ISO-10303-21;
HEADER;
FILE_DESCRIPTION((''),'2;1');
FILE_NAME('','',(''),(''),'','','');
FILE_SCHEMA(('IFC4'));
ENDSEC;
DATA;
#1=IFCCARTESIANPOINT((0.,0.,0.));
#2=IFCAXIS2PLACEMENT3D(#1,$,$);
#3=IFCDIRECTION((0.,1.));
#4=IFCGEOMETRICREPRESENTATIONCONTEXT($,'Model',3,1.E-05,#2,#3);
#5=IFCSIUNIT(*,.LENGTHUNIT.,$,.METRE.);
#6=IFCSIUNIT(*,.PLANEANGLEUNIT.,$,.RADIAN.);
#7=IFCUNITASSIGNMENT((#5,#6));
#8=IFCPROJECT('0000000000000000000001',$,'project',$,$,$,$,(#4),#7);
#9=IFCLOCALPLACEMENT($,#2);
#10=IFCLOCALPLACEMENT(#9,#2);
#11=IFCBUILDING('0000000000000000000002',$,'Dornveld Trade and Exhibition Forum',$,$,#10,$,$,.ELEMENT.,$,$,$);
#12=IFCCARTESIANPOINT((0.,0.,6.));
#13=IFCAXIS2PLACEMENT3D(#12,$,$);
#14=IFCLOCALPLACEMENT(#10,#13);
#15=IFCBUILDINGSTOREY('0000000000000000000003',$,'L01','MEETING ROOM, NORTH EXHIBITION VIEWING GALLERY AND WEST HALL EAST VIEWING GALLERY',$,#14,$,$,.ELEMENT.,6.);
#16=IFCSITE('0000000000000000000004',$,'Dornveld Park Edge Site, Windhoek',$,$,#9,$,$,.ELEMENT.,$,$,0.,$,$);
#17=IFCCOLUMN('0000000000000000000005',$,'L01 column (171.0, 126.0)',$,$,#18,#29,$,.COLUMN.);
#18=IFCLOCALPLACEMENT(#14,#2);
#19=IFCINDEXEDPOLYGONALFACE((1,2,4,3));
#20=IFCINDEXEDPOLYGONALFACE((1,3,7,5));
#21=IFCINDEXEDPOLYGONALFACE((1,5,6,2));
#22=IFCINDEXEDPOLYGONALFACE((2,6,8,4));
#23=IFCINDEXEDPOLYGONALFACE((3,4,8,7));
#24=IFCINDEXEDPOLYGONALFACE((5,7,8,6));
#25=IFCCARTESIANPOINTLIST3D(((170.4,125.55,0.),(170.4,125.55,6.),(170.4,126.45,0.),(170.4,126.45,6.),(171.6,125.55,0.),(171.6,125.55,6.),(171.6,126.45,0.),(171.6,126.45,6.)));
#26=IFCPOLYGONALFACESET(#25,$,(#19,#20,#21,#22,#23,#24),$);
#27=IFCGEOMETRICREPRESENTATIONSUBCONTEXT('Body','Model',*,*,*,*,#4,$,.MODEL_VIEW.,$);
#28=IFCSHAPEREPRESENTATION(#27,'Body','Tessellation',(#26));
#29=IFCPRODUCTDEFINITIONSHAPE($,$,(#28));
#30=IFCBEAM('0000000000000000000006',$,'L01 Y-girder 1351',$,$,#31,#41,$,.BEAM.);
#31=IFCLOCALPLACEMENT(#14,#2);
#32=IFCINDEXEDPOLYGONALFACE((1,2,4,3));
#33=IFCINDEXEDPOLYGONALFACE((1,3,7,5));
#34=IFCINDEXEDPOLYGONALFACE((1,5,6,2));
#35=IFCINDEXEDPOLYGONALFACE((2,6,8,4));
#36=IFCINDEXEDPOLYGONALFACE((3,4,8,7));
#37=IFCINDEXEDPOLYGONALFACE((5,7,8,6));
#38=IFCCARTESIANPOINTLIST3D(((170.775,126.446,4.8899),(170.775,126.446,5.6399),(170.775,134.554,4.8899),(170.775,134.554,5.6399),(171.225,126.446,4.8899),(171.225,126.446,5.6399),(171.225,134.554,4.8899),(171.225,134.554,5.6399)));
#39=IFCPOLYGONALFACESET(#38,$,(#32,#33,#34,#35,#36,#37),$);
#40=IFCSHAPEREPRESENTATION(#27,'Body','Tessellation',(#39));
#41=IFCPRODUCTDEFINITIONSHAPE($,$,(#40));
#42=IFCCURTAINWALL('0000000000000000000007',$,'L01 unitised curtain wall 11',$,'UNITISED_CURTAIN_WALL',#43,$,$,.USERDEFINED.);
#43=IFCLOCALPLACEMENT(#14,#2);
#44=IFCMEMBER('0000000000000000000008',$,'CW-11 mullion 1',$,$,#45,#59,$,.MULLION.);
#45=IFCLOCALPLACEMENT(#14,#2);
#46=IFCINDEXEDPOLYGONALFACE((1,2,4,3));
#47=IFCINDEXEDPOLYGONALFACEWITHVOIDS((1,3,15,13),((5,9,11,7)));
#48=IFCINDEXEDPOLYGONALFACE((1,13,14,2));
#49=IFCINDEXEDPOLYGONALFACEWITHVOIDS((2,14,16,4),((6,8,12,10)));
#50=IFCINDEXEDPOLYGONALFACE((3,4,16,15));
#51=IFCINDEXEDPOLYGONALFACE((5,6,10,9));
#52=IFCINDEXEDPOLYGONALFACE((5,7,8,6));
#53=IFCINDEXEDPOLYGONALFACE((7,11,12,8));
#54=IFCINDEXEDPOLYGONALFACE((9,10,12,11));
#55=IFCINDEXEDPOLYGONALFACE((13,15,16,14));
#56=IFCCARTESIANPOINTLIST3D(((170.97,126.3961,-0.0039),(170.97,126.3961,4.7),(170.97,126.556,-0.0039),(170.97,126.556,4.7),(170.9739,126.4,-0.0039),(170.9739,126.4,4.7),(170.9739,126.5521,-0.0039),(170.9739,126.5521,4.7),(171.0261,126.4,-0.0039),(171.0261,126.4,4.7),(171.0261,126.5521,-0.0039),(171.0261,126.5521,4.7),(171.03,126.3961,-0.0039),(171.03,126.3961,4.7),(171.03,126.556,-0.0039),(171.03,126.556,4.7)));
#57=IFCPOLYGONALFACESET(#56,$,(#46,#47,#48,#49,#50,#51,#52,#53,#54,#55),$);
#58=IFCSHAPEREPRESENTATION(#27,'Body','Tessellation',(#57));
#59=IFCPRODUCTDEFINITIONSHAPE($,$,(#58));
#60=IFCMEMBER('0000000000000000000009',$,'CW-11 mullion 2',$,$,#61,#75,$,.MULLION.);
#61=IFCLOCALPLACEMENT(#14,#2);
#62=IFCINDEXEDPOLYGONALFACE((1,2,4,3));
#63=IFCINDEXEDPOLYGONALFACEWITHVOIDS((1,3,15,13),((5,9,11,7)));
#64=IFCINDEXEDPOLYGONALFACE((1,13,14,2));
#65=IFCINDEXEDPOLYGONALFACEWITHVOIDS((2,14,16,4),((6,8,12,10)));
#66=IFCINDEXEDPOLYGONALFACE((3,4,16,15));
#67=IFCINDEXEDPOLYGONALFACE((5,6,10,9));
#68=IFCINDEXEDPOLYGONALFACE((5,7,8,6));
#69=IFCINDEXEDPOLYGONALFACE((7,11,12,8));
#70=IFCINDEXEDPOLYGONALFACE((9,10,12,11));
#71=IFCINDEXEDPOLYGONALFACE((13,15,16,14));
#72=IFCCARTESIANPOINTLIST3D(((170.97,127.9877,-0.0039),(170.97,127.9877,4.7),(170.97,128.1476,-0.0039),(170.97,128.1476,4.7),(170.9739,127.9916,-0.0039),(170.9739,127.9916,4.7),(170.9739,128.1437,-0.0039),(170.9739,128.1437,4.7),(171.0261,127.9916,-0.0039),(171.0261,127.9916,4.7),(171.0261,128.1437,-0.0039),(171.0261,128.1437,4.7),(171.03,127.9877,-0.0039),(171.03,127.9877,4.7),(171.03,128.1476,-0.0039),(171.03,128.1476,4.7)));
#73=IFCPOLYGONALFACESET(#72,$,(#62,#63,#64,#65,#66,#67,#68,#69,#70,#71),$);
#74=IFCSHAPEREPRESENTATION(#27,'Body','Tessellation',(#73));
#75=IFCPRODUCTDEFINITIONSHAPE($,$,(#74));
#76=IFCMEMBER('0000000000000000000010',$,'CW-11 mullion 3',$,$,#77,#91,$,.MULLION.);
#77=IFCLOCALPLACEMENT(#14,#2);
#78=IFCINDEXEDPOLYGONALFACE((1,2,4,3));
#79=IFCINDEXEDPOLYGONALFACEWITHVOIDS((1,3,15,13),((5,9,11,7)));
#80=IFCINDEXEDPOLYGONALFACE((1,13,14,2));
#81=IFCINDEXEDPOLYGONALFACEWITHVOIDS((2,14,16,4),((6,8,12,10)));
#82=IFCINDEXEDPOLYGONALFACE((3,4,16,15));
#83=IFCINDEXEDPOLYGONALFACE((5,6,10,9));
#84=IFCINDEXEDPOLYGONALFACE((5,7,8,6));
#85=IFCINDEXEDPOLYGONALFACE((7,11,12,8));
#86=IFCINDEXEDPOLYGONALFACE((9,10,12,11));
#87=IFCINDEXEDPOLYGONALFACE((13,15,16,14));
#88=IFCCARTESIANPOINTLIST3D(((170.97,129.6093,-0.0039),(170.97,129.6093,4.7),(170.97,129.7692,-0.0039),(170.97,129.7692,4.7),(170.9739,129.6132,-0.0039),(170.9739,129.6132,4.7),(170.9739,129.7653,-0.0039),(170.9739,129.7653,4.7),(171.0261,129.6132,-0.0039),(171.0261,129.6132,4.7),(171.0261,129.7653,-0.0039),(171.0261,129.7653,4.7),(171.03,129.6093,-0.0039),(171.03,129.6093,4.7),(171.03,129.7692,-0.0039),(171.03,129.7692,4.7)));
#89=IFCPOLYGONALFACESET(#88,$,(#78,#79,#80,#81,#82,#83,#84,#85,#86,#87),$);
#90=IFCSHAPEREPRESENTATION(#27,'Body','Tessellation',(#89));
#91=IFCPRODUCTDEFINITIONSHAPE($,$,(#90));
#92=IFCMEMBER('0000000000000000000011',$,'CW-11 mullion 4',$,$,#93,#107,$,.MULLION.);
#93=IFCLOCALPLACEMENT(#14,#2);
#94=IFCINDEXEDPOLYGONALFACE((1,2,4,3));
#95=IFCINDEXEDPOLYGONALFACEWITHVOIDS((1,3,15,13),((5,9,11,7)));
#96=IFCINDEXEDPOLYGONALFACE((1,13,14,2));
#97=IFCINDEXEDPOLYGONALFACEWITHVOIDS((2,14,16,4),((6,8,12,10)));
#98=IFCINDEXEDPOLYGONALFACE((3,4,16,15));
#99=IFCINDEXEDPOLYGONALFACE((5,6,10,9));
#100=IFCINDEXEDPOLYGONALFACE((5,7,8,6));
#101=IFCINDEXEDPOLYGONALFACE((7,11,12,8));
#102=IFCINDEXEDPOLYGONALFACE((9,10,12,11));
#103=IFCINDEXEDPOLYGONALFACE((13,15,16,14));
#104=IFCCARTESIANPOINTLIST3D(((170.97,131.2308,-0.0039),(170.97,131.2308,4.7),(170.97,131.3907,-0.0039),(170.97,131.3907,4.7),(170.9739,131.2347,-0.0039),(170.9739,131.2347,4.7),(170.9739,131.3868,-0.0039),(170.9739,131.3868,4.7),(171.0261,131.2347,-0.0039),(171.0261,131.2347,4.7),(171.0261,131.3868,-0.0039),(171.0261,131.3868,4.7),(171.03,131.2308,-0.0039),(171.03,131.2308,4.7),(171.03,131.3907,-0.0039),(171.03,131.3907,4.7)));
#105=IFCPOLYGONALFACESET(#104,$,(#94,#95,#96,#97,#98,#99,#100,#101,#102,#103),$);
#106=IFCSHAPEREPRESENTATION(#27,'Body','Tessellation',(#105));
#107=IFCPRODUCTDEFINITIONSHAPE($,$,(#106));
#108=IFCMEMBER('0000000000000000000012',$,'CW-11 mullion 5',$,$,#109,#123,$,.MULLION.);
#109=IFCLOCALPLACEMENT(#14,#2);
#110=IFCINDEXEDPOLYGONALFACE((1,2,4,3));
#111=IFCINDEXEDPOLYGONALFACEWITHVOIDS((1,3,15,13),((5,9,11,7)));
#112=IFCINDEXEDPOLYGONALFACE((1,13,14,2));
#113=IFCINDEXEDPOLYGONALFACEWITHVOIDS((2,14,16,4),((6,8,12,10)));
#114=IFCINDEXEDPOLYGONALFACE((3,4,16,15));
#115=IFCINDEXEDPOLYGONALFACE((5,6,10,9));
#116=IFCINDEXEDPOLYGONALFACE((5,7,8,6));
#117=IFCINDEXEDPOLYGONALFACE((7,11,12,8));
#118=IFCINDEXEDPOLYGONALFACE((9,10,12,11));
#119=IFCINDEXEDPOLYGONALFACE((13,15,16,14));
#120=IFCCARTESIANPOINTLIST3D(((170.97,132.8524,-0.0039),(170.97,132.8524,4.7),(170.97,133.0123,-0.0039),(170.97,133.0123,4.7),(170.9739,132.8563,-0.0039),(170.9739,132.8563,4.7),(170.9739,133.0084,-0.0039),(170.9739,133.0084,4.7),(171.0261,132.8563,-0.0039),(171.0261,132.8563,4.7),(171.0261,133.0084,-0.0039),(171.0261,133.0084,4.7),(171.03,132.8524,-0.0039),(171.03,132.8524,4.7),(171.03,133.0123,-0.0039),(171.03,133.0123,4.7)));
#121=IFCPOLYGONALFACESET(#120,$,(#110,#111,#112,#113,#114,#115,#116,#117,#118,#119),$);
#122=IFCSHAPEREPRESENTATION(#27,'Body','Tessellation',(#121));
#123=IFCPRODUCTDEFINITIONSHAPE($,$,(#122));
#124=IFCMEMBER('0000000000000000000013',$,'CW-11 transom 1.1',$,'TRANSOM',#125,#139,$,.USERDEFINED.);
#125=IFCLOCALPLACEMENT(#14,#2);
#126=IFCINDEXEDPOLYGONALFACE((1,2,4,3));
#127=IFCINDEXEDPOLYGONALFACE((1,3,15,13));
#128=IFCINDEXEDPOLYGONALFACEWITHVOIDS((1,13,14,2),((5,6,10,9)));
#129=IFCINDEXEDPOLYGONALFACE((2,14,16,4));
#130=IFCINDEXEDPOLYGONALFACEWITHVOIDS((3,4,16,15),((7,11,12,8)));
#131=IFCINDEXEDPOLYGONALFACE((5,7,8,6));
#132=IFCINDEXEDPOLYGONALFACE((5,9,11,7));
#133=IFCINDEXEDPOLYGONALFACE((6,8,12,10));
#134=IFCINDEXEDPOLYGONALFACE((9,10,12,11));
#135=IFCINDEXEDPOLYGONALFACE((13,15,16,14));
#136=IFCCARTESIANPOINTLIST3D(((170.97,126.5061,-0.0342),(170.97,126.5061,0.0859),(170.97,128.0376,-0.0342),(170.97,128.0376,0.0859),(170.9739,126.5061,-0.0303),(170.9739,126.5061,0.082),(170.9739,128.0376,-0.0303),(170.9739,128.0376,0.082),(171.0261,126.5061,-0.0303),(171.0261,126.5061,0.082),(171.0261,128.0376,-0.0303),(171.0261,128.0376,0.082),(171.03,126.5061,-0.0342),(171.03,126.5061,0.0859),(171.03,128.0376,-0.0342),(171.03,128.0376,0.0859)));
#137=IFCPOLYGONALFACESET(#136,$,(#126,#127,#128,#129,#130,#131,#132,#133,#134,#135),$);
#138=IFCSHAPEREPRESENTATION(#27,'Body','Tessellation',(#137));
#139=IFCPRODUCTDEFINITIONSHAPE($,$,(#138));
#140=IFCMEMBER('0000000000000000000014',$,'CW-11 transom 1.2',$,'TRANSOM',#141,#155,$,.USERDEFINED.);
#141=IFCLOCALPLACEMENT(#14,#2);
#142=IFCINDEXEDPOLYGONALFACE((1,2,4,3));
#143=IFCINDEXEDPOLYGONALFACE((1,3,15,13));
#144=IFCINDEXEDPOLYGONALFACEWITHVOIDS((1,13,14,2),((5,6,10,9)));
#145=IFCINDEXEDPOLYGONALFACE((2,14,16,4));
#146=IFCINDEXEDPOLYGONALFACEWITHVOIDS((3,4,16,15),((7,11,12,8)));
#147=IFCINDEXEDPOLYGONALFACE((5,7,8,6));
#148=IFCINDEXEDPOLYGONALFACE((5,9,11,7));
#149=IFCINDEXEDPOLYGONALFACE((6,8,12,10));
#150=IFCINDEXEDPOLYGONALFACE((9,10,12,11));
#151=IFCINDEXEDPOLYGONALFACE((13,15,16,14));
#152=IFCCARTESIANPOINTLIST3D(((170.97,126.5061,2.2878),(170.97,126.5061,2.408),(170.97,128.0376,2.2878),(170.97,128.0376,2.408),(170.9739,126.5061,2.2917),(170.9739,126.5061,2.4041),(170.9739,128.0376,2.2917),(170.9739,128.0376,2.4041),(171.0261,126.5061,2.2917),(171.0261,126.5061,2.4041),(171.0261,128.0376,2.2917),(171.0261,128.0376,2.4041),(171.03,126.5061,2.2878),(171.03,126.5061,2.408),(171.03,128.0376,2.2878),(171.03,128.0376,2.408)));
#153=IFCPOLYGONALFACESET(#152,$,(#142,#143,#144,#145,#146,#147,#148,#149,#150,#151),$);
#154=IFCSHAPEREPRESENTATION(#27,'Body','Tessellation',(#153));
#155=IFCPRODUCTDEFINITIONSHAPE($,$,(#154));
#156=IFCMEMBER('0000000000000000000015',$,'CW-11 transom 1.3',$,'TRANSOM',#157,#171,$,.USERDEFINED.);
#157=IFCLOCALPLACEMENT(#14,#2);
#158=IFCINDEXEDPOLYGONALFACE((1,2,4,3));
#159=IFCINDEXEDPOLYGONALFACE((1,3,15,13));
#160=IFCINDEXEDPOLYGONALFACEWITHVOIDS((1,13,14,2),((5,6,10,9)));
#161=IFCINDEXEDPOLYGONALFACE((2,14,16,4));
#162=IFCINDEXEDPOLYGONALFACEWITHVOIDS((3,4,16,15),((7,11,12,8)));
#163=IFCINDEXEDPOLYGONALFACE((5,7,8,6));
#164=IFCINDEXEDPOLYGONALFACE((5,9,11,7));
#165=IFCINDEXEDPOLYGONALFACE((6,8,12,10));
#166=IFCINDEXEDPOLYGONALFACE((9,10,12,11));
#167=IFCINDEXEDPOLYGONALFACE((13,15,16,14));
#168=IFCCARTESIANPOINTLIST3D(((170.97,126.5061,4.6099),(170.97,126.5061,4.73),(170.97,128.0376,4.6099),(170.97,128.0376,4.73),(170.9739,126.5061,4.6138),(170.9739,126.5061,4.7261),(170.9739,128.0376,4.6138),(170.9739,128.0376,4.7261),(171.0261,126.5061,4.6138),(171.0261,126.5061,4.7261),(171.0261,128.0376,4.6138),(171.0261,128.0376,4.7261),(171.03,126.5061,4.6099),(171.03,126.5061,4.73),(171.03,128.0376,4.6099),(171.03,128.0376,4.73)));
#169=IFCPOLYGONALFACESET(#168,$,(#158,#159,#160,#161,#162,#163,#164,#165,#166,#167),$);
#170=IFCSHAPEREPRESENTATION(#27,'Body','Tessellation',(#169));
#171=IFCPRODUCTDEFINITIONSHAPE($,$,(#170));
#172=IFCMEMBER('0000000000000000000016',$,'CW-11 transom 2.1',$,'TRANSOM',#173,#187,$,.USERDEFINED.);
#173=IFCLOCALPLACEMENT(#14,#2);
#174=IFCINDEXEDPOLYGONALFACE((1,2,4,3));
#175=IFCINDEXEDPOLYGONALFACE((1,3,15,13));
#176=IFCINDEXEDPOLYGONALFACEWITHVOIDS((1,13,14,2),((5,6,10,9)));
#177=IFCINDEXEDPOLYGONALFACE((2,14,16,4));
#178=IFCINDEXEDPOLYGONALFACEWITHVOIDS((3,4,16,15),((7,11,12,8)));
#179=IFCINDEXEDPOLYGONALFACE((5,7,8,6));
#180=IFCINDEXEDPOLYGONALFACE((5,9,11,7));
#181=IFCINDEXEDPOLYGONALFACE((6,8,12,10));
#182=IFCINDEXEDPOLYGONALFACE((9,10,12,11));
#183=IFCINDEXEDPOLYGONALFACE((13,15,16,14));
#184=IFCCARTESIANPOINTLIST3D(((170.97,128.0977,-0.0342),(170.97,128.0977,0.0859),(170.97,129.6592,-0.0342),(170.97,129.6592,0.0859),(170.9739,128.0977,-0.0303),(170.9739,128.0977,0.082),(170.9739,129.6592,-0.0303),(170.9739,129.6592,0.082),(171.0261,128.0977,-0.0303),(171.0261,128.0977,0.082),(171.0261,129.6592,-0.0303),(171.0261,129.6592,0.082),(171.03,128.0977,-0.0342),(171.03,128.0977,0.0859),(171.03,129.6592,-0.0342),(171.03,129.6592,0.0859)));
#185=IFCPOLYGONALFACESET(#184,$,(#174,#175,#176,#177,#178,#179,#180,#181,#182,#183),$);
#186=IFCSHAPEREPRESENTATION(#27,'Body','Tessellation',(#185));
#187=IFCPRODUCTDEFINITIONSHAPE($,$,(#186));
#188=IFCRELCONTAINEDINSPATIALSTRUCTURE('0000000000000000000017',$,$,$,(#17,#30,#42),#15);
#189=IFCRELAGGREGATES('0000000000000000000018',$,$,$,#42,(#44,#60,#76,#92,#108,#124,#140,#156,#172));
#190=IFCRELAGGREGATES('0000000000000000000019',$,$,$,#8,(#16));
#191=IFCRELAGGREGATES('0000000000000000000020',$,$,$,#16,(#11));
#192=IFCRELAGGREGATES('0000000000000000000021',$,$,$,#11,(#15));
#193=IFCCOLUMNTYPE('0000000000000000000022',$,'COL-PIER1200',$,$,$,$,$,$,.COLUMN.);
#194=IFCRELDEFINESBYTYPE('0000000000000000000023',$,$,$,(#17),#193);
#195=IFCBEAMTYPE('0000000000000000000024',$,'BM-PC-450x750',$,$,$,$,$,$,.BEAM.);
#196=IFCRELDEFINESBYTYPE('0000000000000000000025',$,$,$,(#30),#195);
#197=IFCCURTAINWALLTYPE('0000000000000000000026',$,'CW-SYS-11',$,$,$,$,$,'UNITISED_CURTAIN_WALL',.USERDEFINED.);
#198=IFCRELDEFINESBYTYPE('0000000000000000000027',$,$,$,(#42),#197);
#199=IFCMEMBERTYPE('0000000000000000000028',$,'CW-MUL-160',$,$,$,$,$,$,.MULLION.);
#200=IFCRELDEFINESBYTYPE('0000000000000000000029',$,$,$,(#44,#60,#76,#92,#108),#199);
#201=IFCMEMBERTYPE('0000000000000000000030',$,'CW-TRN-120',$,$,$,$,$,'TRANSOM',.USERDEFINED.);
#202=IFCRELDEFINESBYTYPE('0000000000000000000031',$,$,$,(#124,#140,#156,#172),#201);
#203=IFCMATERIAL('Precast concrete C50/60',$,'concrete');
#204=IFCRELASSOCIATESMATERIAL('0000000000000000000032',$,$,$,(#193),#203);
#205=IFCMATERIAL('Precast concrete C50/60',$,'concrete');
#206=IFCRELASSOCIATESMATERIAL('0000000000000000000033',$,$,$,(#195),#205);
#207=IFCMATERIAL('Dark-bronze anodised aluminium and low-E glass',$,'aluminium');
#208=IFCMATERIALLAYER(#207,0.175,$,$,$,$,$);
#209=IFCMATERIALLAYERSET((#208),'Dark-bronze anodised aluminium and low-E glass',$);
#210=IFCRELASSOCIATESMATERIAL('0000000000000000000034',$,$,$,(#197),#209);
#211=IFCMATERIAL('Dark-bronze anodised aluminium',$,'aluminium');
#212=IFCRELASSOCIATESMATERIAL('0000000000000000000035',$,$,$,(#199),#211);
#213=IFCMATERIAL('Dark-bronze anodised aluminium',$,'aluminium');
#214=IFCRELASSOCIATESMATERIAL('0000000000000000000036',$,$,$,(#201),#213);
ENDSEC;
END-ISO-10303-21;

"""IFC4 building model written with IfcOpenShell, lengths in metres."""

from ifc_helpers import new_model, si_unit, direction, frame, origin, origin_2d, place, context, subcontext, project, spatial, rectangle, hollow_rectangle, extrude, material, layer, layer_set, material_profile, profile_set, type_object, element, aggregate, save


model = new_model("IFC4")

# Units and contexts
model_context = context("Model", 3, precision=1e-05, world=origin(), true_north=direction((0.0, 1.0)))
body_context = subcontext(model_context, "Body", "Model", "MODEL_VIEW")
ifc_project = project(units=[si_unit("LENGTHUNIT", "METRE"), si_unit("PLANEANGLEUNIT", "RADIAN")], contexts=[model_context])

# Site, building, storey
site_placement = place(None, origin())
site = spatial("IfcSite", under=ifc_project, at=site_placement, Name="Dornveld Park Edge Site, Windhoek", CompositionType="ELEMENT", RefElevation=0.0)
building_placement = place(site_placement, origin())
building = spatial("IfcBuilding", under=site, at=building_placement, Name="Dornveld Trade and Exhibition Forum", CompositionType="ELEMENT")
storey_placement = place(building_placement, frame((0.0, 0.0, 6.0)))
storey = spatial("IfcBuildingStorey", under=building, at=storey_placement, Name="L01", Description="MEETING ROOM, NORTH EXHIBITION VIEWING GALLERY AND WEST HALL EAST VIEWING GALLERY", CompositionType="ELEMENT", Elevation=6.0)

# Column
ifc_material_1 = material(Name="Precast concrete C50/60", Category="concrete")
ifc_material_profile_1 = material_profile(ifc_material_1, rectangle(XDim=1.2, YDim=0.8999, at=origin_2d()), Name="PC-PIER 1200x900")
ifc_profile_set_1 = profile_set([ifc_material_profile_1], Name="Precast concrete C50/60")
column_type = type_object("IfcColumnType", Name="COL-PIER1200", PredefinedType="COLUMN", material=ifc_profile_set_1)
column_placement = place(storey_placement, frame((171.0, 126.0, 0.0), z_axis=(0.0, 0.0, 1.0), x_axis=(1.0, 0.0, 0.0)))
element("IfcColumn", 1, at=column_placement, inside=storey, type_object=column_type, Name="L01 column (171.0, 126.0)", PredefinedType="COLUMN", context=body_context, shape_type="SweptSolid", body=[
    extrude(rectangle(XDim=1.2, YDim=0.8999, at=origin_2d()), origin(), (0.0, 0.0, 1.0), 6.0),
])

# Beam
ifc_material_2 = material(Name="Precast concrete C50/60", Category="concrete")
ifc_material_profile_2 = material_profile(ifc_material_2, rectangle(XDim=0.45, YDim=0.75, at=origin_2d()), Name="PC-BM 450x750")
ifc_profile_set_2 = profile_set([ifc_material_profile_2], Name="Precast concrete C50/60")
beam_type = type_object("IfcBeamType", Name="BM-PC-450x750", PredefinedType="BEAM", material=ifc_profile_set_2)
beam_placement = place(storey_placement, frame((171.0, 126.446, 5.2649), z_axis=(0.0, 1.0, 0.0), x_axis=(-1.0, 0.0, 0.0)))
element("IfcBeam", 2, at=beam_placement, inside=storey, type_object=beam_type, Name="L01 Y-girder 1351", PredefinedType="BEAM", context=body_context, shape_type="SweptSolid", body=[
    extrude(rectangle(XDim=0.45, YDim=0.75, at=origin_2d()), origin(), (0.0, 0.0, 1.0), 8.1079),
])

# Curtain wall, members
ifc_material_3 = material(Name="Dark-bronze anodised aluminium and low-E glass", Category="aluminium")
ifc_layer_1 = layer(ifc_material_3, 0.175)
ifc_layer_set_1 = layer_set([ifc_layer_1], Name="Dark-bronze anodised aluminium and low-E glass")
curtain_wall_type = type_object("IfcCurtainWallType", Name="CW-SYS-11", ElementType="UNITISED_CURTAIN_WALL", PredefinedType="USERDEFINED", material=ifc_layer_set_1)
curtain_wall_placement = place(storey_placement, origin())
curtain_wall = element("IfcCurtainWall", 3, at=curtain_wall_placement, inside=storey, type_object=curtain_wall_type, Name="L01 unitised curtain wall 11", ObjectType="UNITISED_CURTAIN_WALL", PredefinedType="USERDEFINED")
ifc_material_4 = material(Name="Dark-bronze anodised aluminium", Category="aluminium")
ifc_material_profile_3 = material_profile(ifc_material_4, hollow_rectangle(XDim=0.0601, YDim=0.1599, WallThickness=0.0039, at=origin_2d()), Name="RHS 160x60x4")
ifc_profile_set_3 = profile_set([ifc_material_profile_3], Name="Dark-bronze anodised aluminium")
member_type_1 = type_object("IfcMemberType", Name="CW-MUL-160", PredefinedType="MULLION", material=ifc_profile_set_3)
member_1_placement = place(storey_placement, frame((171.0, 126.4761, -0.0039), z_axis=(0.0, 0.0, 1.0), x_axis=(-1.0, 0.0, 0.0)))
member_1 = element("IfcMember", 4, at=member_1_placement, type_object=member_type_1, Name="CW-11 mullion 1", PredefinedType="MULLION", context=body_context, shape_type="SweptSolid", body=[
    extrude(hollow_rectangle(XDim=0.0601, YDim=0.1599, WallThickness=0.0039, at=origin_2d()), origin(), (0.0, 0.0, 1.0), 4.7039),
])
member_2_placement = place(storey_placement, frame((171.0, 128.0676, -0.0039), z_axis=(0.0, 0.0, 1.0), x_axis=(-1.0, 0.0, 0.0)))
member_2 = element("IfcMember", 5, at=member_2_placement, type_object=member_type_1, Name="CW-11 mullion 2", PredefinedType="MULLION", context=body_context, shape_type="SweptSolid", body=[
    extrude(hollow_rectangle(XDim=0.0601, YDim=0.1599, WallThickness=0.0039, at=origin_2d()), origin(), (0.0, 0.0, 1.0), 4.7039),
])
member_3_placement = place(storey_placement, frame((171.0, 129.6892, -0.0039), z_axis=(0.0, 0.0, 1.0), x_axis=(-1.0, 0.0, 0.0)))
member_3 = element("IfcMember", 6, at=member_3_placement, type_object=member_type_1, Name="CW-11 mullion 3", PredefinedType="MULLION", context=body_context, shape_type="SweptSolid", body=[
    extrude(hollow_rectangle(XDim=0.0601, YDim=0.1599, WallThickness=0.0039, at=origin_2d()), origin(), (0.0, 0.0, 1.0), 4.7039),
])
member_4_placement = place(storey_placement, frame((171.0, 131.3108, -0.0039), z_axis=(0.0, 0.0, 1.0), x_axis=(-1.0, 0.0, 0.0)))
member_4 = element("IfcMember", 7, at=member_4_placement, type_object=member_type_1, Name="CW-11 mullion 4", PredefinedType="MULLION", context=body_context, shape_type="SweptSolid", body=[
    extrude(hollow_rectangle(XDim=0.0601, YDim=0.1599, WallThickness=0.0039, at=origin_2d()), origin(), (0.0, 0.0, 1.0), 4.7039),
])
member_5_placement = place(storey_placement, frame((171.0, 132.9324, -0.0039), z_axis=(0.0, 0.0, 1.0), x_axis=(-1.0, 0.0, 0.0)))
member_5 = element("IfcMember", 8, at=member_5_placement, type_object=member_type_1, Name="CW-11 mullion 5", PredefinedType="MULLION", context=body_context, shape_type="SweptSolid", body=[
    extrude(hollow_rectangle(XDim=0.0601, YDim=0.1599, WallThickness=0.0039, at=origin_2d()), origin(), (0.0, 0.0, 1.0), 4.7039),
])
ifc_material_5 = material(Name="Dark-bronze anodised aluminium", Category="aluminium")
ifc_material_profile_4 = material_profile(ifc_material_5, hollow_rectangle(XDim=0.0601, YDim=0.1201, WallThickness=0.0039, at=origin_2d()), Name="RHS 120x60x4")
ifc_profile_set_4 = profile_set([ifc_material_profile_4], Name="Dark-bronze anodised aluminium")
member_type_2 = type_object("IfcMemberType", Name="CW-TRN-120", ElementType="TRANSOM", PredefinedType="USERDEFINED", material=ifc_profile_set_4)
member_6_placement = place(storey_placement, frame((171.0, 126.5061, 0.0259), z_axis=(0.0, 1.0, 0.0), x_axis=(-1.0, 0.0, 0.0)))
member_6 = element("IfcMember", 9, at=member_6_placement, type_object=member_type_2, Name="CW-11 transom 1.1", ObjectType="TRANSOM", PredefinedType="USERDEFINED", context=body_context, shape_type="SweptSolid", body=[
    extrude(hollow_rectangle(XDim=0.0601, YDim=0.1201, WallThickness=0.0039, at=origin_2d()), origin(), (0.0, 0.0, 1.0), 1.5315),
])
member_7_placement = place(storey_placement, frame((171.0, 126.5061, 2.3479), z_axis=(0.0, 1.0, 0.0), x_axis=(-1.0, 0.0, 0.0)))
member_7 = element("IfcMember", 10, at=member_7_placement, type_object=member_type_2, Name="CW-11 transom 1.2", ObjectType="TRANSOM", PredefinedType="USERDEFINED", context=body_context, shape_type="SweptSolid", body=[
    extrude(hollow_rectangle(XDim=0.0601, YDim=0.1201, WallThickness=0.0039, at=origin_2d()), origin(), (0.0, 0.0, 1.0), 1.5315),
])
member_8_placement = place(storey_placement, frame((171.0, 126.5061, 4.6699), z_axis=(0.0, 1.0, 0.0), x_axis=(-1.0, 0.0, 0.0)))
member_8 = element("IfcMember", 11, at=member_8_placement, type_object=member_type_2, Name="CW-11 transom 1.3", ObjectType="TRANSOM", PredefinedType="USERDEFINED", context=body_context, shape_type="SweptSolid", body=[
    extrude(hollow_rectangle(XDim=0.0601, YDim=0.1201, WallThickness=0.0039, at=origin_2d()), origin(), (0.0, 0.0, 1.0), 1.5315),
])
member_9_placement = place(storey_placement, frame((171.0, 128.0977, 0.0259), z_axis=(0.0, 1.0, 0.0), x_axis=(-1.0, 0.0, 0.0)))
member_9 = element("IfcMember", 12, at=member_9_placement, type_object=member_type_2, Name="CW-11 transom 2.1", ObjectType="TRANSOM", PredefinedType="USERDEFINED", context=body_context, shape_type="SweptSolid", body=[
    extrude(hollow_rectangle(XDim=0.0601, YDim=0.1201, WallThickness=0.0039, at=origin_2d()), origin(), (0.0, 0.0, 1.0), 1.5615),
])

aggregate(curtain_wall, [member_1, member_2, member_3, member_4, member_5, member_6, member_7, member_8, member_9])

save(model, "model.ifc")
